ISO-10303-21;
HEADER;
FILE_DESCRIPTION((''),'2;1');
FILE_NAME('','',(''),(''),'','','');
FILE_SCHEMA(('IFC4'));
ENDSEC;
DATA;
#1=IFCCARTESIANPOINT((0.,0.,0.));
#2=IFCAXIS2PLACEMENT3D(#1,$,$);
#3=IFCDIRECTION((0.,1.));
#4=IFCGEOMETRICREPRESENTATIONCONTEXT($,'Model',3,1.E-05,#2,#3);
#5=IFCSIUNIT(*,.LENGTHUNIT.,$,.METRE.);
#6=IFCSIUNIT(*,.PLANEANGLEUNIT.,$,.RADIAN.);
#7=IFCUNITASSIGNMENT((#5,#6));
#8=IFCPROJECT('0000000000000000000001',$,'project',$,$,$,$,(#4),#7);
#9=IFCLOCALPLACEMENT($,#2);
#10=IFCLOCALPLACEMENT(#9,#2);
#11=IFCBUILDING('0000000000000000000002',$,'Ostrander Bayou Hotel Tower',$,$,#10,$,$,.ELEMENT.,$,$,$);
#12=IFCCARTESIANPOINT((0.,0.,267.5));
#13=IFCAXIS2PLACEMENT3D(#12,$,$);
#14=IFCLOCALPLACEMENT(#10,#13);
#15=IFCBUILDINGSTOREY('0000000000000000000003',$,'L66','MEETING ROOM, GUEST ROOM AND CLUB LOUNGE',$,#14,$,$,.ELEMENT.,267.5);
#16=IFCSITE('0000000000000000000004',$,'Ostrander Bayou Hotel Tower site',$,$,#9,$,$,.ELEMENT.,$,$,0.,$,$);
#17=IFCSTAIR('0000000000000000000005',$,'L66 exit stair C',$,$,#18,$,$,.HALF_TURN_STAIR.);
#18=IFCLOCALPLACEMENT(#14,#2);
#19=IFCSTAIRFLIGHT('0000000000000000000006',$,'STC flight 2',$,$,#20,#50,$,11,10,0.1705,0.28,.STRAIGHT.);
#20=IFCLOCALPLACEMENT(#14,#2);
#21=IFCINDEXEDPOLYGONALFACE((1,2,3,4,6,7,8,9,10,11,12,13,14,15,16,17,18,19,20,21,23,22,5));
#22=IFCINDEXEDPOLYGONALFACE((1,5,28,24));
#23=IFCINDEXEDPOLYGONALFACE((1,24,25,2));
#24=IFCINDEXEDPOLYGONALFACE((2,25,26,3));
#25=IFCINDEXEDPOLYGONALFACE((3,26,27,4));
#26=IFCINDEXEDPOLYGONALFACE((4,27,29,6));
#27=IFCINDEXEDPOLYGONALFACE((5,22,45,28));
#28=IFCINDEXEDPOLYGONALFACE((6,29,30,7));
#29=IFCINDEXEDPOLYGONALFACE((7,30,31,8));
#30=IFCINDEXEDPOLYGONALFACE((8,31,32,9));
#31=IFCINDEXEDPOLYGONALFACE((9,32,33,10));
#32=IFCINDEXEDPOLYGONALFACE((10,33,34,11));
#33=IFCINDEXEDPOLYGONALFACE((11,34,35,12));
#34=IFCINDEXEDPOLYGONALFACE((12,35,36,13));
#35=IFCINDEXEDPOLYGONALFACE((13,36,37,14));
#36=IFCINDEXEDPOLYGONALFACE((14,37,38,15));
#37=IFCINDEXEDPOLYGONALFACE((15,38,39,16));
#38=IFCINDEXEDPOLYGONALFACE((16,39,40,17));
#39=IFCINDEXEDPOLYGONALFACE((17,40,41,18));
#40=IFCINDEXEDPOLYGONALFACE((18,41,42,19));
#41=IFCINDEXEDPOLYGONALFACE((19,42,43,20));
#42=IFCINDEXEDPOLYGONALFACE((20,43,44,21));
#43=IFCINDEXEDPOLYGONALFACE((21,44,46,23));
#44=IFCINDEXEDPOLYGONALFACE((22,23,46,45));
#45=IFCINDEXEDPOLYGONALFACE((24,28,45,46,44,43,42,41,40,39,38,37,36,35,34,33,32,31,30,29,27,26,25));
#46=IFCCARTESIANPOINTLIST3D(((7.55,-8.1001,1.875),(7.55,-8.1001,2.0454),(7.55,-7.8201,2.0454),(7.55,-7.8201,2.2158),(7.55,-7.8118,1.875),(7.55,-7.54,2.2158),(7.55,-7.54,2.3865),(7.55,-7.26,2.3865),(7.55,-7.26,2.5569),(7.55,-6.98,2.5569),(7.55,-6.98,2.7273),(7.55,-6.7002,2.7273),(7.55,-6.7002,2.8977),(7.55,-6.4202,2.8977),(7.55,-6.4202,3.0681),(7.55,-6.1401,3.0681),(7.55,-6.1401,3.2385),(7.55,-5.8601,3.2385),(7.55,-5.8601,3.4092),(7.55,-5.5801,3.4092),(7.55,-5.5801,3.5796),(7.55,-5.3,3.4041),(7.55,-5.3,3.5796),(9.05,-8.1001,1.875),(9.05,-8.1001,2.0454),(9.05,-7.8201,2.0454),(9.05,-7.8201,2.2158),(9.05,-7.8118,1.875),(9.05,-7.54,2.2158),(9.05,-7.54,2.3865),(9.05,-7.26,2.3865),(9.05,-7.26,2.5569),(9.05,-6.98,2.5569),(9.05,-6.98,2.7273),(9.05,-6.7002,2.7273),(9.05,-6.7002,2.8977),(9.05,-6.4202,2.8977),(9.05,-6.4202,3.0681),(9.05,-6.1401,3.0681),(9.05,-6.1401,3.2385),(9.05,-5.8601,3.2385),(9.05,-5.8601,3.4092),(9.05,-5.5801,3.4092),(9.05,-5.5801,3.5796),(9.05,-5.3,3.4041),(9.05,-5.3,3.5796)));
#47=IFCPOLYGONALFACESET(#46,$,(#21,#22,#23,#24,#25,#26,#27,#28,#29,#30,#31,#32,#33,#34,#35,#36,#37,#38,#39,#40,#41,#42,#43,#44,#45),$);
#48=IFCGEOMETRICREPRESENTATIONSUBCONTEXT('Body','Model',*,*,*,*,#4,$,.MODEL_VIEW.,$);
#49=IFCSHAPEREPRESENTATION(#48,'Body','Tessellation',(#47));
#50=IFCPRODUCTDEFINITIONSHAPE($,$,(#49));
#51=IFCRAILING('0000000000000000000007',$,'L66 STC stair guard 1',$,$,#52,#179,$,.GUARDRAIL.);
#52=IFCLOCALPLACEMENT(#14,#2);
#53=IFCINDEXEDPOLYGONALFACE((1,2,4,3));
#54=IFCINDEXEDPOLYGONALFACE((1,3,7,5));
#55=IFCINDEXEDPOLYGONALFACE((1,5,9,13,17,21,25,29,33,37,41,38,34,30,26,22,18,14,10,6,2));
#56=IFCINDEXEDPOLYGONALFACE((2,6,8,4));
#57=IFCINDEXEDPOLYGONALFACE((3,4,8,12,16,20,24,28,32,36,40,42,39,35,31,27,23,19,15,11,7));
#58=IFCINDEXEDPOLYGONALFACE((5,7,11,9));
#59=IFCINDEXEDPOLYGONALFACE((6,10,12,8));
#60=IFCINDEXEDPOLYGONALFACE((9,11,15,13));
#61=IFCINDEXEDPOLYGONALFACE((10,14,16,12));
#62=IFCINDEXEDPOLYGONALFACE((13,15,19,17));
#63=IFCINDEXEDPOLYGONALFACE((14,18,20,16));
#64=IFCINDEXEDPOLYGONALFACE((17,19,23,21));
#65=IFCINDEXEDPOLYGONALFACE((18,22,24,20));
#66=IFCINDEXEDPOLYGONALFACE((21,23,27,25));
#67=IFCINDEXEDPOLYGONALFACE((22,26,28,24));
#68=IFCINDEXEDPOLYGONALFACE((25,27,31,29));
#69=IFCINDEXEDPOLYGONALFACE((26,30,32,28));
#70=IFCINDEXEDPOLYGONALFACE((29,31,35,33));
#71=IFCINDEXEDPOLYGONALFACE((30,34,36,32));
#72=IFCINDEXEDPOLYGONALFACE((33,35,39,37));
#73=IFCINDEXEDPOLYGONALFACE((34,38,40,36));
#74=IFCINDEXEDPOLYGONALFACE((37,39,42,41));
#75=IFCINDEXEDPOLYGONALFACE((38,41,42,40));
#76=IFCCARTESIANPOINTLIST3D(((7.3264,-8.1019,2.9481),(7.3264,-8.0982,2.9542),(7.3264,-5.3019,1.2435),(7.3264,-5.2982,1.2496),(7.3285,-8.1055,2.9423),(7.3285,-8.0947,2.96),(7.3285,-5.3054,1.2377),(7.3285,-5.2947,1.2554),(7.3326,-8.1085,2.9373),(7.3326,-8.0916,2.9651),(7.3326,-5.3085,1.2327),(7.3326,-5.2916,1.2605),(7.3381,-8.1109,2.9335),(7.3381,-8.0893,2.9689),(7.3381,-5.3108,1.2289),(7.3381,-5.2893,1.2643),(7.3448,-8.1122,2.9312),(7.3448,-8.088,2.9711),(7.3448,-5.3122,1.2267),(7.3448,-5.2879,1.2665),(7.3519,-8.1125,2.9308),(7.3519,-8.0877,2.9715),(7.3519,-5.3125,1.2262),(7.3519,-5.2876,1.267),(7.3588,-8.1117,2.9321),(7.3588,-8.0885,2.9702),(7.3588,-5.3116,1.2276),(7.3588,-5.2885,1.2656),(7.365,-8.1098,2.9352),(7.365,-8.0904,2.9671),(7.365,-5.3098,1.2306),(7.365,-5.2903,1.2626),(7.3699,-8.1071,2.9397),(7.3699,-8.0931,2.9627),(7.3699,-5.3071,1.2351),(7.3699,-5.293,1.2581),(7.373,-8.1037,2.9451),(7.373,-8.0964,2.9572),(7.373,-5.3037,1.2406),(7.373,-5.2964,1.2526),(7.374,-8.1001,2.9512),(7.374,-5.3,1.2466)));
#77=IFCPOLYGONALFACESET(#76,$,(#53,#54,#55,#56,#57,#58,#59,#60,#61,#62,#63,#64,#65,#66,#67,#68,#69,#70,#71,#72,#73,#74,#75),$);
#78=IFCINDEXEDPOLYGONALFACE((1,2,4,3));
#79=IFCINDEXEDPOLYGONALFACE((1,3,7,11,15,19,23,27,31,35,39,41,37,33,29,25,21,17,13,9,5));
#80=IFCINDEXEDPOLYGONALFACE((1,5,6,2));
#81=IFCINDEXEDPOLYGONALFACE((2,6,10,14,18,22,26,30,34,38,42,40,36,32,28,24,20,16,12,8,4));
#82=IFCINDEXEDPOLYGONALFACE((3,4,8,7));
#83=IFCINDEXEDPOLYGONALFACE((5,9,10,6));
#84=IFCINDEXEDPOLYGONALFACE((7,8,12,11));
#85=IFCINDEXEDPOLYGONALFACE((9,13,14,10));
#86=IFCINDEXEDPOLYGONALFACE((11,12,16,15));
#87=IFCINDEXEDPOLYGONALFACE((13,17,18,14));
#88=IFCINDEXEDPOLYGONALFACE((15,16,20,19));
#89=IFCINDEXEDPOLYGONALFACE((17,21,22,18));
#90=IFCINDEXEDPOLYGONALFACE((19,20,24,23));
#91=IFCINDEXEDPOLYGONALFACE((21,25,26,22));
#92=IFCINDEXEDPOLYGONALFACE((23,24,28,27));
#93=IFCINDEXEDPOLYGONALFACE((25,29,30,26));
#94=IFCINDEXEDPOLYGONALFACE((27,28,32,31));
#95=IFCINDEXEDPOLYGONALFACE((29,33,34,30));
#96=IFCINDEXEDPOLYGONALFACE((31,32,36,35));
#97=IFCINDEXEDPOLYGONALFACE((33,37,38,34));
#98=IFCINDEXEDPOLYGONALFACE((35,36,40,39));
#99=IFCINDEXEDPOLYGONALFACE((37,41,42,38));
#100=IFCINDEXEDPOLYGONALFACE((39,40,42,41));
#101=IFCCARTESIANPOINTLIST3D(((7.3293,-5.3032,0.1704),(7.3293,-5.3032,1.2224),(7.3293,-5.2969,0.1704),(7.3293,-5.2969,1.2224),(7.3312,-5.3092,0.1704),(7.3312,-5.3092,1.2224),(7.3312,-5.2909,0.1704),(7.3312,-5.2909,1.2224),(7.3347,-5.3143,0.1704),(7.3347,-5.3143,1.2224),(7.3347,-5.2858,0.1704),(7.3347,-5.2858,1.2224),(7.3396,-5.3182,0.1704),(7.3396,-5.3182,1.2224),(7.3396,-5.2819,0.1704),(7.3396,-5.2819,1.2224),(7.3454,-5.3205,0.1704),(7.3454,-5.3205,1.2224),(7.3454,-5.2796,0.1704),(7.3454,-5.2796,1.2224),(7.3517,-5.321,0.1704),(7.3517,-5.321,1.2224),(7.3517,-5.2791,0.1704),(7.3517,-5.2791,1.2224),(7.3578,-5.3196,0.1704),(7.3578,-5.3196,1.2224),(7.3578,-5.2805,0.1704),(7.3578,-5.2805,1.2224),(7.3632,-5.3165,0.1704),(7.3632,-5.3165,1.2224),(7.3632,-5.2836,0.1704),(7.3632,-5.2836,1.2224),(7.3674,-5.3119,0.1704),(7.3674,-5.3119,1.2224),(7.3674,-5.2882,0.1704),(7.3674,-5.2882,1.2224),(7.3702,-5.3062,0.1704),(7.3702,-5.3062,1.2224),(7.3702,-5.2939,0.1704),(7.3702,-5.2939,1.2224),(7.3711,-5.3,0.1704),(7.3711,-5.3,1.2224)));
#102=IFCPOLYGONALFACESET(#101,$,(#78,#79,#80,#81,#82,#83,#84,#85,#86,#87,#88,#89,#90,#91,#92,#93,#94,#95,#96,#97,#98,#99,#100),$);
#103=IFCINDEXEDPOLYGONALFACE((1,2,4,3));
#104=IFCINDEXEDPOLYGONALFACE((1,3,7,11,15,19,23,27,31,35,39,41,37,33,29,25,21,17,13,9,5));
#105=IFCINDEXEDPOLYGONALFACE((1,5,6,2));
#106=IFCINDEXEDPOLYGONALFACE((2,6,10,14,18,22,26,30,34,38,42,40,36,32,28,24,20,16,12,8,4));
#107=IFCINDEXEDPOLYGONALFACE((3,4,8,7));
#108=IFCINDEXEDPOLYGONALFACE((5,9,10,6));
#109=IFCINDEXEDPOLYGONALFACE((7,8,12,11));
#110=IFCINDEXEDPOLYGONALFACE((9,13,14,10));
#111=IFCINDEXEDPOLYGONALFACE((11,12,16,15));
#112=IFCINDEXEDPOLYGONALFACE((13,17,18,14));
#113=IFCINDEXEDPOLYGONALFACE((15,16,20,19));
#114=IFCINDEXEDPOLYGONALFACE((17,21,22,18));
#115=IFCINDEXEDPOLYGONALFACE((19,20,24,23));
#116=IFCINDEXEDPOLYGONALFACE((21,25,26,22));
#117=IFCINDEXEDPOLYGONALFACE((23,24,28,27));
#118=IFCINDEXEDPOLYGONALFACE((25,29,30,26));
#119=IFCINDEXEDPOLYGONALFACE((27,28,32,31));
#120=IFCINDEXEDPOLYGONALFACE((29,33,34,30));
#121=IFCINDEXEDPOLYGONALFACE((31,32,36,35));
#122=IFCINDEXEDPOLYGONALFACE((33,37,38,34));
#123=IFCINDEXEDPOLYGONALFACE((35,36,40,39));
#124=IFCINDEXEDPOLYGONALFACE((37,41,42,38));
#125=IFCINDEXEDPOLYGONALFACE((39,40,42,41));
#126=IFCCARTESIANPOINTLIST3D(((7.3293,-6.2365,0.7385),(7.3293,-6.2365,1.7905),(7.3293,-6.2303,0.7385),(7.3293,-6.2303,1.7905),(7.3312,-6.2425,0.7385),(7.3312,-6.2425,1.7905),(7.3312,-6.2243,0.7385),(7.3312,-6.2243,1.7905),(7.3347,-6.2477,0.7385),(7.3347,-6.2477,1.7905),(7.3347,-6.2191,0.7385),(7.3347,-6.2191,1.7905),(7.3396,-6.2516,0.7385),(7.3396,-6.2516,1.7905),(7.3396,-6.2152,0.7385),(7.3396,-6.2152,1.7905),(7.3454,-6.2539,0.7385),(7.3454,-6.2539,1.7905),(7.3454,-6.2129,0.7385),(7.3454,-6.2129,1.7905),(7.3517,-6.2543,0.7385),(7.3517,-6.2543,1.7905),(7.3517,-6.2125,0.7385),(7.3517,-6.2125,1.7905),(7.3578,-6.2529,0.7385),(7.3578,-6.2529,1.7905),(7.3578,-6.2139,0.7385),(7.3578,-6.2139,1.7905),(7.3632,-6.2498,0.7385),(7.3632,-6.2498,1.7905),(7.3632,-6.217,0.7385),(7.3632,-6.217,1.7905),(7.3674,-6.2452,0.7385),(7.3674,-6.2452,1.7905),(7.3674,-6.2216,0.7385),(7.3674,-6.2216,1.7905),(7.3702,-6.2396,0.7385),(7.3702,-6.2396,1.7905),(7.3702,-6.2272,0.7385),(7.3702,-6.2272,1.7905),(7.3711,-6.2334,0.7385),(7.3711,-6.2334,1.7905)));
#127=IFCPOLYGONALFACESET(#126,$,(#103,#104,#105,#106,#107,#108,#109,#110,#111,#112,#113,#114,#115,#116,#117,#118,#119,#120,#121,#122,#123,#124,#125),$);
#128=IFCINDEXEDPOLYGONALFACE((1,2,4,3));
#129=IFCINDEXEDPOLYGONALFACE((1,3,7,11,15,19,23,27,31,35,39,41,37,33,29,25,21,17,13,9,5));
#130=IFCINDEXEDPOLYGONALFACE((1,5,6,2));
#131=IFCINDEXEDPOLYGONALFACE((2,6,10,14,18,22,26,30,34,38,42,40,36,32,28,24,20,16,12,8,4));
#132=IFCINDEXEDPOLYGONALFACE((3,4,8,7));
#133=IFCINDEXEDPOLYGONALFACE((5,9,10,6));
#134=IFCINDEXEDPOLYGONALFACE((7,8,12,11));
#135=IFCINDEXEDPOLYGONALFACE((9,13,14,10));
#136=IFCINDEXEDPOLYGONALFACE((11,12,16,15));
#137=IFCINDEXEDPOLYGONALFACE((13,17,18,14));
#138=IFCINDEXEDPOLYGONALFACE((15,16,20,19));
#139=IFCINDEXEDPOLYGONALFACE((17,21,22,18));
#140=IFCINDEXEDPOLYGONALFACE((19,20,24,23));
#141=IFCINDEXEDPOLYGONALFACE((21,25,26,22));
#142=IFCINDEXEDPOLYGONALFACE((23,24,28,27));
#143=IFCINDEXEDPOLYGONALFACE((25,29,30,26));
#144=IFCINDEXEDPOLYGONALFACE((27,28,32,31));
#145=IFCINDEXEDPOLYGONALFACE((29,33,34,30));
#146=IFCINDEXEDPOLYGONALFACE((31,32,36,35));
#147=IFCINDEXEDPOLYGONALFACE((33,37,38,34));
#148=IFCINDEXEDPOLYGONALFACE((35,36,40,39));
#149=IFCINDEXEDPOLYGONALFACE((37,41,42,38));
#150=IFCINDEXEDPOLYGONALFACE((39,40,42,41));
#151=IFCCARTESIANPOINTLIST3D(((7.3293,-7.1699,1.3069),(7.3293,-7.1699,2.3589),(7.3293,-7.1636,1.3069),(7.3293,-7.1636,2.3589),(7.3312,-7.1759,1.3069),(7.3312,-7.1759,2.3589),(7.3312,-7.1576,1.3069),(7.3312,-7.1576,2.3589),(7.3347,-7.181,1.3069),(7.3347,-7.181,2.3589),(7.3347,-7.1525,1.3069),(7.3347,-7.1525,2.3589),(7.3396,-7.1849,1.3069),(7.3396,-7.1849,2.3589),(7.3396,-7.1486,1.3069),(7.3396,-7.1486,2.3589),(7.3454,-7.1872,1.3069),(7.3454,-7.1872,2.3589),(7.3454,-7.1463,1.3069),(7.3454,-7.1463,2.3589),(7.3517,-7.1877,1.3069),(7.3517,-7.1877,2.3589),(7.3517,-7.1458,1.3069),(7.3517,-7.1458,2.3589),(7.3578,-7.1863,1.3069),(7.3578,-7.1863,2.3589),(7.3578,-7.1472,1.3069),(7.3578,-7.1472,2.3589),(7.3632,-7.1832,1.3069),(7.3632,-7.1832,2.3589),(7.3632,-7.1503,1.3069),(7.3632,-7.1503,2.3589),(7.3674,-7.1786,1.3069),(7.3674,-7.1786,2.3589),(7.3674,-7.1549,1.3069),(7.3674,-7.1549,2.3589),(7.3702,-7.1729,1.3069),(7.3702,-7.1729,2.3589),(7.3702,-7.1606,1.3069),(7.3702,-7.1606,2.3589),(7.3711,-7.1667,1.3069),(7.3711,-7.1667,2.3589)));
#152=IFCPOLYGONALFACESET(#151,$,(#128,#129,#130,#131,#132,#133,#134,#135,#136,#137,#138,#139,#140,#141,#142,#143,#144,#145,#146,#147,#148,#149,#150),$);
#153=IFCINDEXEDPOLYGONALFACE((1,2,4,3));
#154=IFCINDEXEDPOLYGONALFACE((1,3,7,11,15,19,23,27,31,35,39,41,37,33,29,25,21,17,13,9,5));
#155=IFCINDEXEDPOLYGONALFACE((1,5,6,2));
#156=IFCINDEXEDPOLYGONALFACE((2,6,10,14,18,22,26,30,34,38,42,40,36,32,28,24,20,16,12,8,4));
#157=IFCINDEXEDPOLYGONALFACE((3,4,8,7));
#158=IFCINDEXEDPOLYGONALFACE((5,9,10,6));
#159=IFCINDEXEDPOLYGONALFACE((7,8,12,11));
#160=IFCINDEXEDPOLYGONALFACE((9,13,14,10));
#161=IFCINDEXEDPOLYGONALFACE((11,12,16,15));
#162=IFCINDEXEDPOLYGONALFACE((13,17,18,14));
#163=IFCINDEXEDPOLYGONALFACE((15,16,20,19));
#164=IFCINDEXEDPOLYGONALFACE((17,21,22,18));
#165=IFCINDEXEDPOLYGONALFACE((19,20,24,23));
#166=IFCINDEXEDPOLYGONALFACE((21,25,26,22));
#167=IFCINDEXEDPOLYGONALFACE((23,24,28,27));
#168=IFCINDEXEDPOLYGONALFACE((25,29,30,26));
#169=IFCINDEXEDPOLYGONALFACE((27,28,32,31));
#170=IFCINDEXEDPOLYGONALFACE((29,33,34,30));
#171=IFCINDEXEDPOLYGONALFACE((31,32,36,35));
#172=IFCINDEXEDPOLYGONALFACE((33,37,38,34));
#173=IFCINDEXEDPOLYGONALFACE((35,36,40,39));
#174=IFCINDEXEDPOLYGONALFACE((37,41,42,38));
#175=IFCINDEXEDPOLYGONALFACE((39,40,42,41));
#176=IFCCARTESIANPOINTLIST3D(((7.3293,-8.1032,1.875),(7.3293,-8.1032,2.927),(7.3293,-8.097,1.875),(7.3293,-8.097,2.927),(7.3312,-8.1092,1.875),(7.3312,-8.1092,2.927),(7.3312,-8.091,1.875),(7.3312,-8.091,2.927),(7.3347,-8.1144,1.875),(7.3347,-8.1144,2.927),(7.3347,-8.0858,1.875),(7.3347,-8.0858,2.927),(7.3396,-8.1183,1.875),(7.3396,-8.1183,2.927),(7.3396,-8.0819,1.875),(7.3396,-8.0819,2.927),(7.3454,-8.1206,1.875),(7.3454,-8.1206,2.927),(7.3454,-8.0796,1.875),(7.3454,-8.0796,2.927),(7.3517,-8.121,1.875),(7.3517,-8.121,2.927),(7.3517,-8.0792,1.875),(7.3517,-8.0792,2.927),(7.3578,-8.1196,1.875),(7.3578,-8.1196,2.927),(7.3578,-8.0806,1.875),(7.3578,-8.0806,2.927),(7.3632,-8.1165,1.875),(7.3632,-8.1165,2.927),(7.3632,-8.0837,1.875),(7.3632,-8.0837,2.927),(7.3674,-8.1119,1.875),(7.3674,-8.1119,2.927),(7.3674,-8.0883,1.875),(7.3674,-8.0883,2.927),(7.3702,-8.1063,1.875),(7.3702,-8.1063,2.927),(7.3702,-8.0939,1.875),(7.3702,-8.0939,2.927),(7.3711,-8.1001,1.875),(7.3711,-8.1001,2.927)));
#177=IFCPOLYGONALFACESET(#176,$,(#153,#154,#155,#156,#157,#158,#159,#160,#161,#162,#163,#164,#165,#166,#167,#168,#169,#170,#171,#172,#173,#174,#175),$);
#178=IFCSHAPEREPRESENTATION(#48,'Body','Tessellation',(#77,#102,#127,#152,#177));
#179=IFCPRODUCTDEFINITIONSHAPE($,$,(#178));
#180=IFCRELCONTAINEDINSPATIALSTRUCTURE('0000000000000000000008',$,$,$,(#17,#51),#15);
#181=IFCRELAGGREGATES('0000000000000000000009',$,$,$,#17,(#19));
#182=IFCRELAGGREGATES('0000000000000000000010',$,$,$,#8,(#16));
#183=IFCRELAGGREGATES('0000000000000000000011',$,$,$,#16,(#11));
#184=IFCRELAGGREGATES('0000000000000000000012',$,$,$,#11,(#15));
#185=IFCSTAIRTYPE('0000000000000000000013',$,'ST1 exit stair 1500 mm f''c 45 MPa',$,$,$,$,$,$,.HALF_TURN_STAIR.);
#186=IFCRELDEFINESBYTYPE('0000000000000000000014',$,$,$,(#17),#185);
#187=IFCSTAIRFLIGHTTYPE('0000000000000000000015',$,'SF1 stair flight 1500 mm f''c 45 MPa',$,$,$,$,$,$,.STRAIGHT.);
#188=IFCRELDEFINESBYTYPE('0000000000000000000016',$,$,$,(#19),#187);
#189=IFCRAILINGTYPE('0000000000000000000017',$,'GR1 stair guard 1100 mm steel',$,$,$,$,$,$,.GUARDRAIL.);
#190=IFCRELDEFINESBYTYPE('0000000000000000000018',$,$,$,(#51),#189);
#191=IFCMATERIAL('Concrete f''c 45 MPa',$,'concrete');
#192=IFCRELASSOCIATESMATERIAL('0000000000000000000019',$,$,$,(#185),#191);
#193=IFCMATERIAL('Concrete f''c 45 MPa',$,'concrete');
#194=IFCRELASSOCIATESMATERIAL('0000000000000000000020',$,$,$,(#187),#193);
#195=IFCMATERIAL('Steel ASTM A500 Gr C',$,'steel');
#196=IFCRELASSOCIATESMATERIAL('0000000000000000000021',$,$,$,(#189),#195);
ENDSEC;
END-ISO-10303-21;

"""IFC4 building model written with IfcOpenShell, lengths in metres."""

from ifc_helpers import new_model, si_unit, direction, frame, origin, origin_2d, place, context, subcontext, project, spatial, polyline, circle, outline, extrude, material, type_object, element, aggregate, save


model = new_model("IFC4")

# Units and contexts
model_context = context("Model", 3, precision=1e-05, world=origin(), true_north=direction((0.0, 1.0)))
body_context = subcontext(model_context, "Body", "Model", "MODEL_VIEW")
ifc_project = project(units=[si_unit("LENGTHUNIT", "METRE"), si_unit("PLANEANGLEUNIT", "RADIAN")], contexts=[model_context])

# Site, building, storey
site_placement = place(None, origin())
site = spatial("IfcSite", under=ifc_project, at=site_placement, Name="Ostrander Bayou Hotel Tower site", CompositionType="ELEMENT", RefElevation=0.0)
building_placement = place(site_placement, origin())
building = spatial("IfcBuilding", under=site, at=building_placement, Name="Ostrander Bayou Hotel Tower", CompositionType="ELEMENT")
storey_placement = place(building_placement, frame((0.0, 0.0, 267.5)))
storey = spatial("IfcBuildingStorey", under=building, at=storey_placement, Name="L66", Description="MEETING ROOM, GUEST ROOM AND CLUB LOUNGE", CompositionType="ELEMENT", Elevation=267.5)

# Stair, stair flight
ifc_material_1 = material(Name="Concrete f'c 45 MPa", Category="concrete")
stair_type = type_object("IfcStairType", Name="ST1 exit stair 1500 mm f'c 45 MPa", PredefinedType="HALF_TURN_STAIR", material=ifc_material_1)
stair_placement = place(storey_placement, origin())
stair = element("IfcStair", 1, at=stair_placement, inside=storey, type_object=stair_type, Name="L66 exit stair C", PredefinedType="HALF_TURN_STAIR")
ifc_material_2 = material(Name="Concrete f'c 45 MPa", Category="concrete")
stair_flight_type = type_object("IfcStairFlightType", Name="SF1 stair flight 1500 mm f'c 45 MPa", PredefinedType="STRAIGHT", material=ifc_material_2)
stair_flight_1_placement = place(storey_placement, frame((8.3, -8.1001, 1.875), z_axis=(0.0, 0.0, 1.0), x_axis=(0.0, 1.0, 0.0)))
stair_flight_1 = element("IfcStairFlight", 2, at=stair_flight_1_placement, type_object=stair_flight_type, Name="STC flight 2", NumberOfRisers=11, NumberOfTreads=10, PredefinedType="STRAIGHT", RiserHeight=0.1705, TreadLength=0.28, context=body_context, shape_type="SweptSolid", body=[
    extrude(outline(polyline([(0.0, 0.0), (0.0, 0.1704), (0.28, 0.1704), (0.28, 0.3408), (0.5601, 0.3408), (0.5601, 0.5115), (0.8401, 0.5115), (0.8401, 0.6819), (1.1201, 0.6819), (1.1201, 0.8523), (1.3999, 0.8523), (1.3999, 1.0227), (1.6799, 1.0227), (1.6799, 1.1931), (1.96, 1.1931), (1.96, 1.3635), (2.24, 1.3635), (2.24, 1.5342), (2.52, 1.5342), (2.52, 1.7046), (2.8, 1.7046), (2.8, 1.875), (2.8, 1.5291), (0.2883, 0.0), (0.0, 0.0)])), frame((0.0, 0.75, 0.0), z_axis=(0.0, -1.0, 0.0), x_axis=(1.0, 0.0, 0.0)), (0.0, 0.0, 1.0), 1.5),
])
aggregate(stair, [stair_flight_1])

# Railing
ifc_material_3 = material(Name="Steel ASTM A500 Gr C", Category="steel")
railing_type_1 = type_object("IfcRailingType", Name="GR1 stair guard 1100 mm steel", PredefinedType="GUARDRAIL", material=ifc_material_3)
railing_1_placement = place(storey_placement, frame((7.3501, -5.3, 0.1704)))
element("IfcRailing", 3, at=railing_1_placement, inside=storey, type_object=railing_type_1, Name="L66 STC stair guard 1", PredefinedType="GUARDRAIL", context=body_context, shape_type="SweptSolid", body=[
    extrude(circle(Radius=0.0239, at=origin_2d()), frame((0.0, 0.0, 1.0762), z_axis=(0.0, -0.85417, 0.519994), x_axis=(1.0, 0.0, 0.0)), (0.0, 0.0, 1.0), 3.2781),
    extrude(circle(Radius=0.021, at=origin_2d()), origin(), (0.0, 0.0, 1.0), 1.052),
    extrude(circle(Radius=0.021, at=origin_2d()), frame((0.0, -0.9333, 0.5681)), (0.0, 0.0, 1.0), 1.052),
    extrude(circle(Radius=0.021, at=origin_2d()), frame((0.0, -1.8667, 1.1365)), (0.0, 0.0, 1.0), 1.052),
    extrude(circle(Radius=0.021, at=origin_2d()), frame((0.0, -2.8, 1.7046)), (0.0, 0.0, 1.0), 1.052),
])

save(model, "model.ifc")
